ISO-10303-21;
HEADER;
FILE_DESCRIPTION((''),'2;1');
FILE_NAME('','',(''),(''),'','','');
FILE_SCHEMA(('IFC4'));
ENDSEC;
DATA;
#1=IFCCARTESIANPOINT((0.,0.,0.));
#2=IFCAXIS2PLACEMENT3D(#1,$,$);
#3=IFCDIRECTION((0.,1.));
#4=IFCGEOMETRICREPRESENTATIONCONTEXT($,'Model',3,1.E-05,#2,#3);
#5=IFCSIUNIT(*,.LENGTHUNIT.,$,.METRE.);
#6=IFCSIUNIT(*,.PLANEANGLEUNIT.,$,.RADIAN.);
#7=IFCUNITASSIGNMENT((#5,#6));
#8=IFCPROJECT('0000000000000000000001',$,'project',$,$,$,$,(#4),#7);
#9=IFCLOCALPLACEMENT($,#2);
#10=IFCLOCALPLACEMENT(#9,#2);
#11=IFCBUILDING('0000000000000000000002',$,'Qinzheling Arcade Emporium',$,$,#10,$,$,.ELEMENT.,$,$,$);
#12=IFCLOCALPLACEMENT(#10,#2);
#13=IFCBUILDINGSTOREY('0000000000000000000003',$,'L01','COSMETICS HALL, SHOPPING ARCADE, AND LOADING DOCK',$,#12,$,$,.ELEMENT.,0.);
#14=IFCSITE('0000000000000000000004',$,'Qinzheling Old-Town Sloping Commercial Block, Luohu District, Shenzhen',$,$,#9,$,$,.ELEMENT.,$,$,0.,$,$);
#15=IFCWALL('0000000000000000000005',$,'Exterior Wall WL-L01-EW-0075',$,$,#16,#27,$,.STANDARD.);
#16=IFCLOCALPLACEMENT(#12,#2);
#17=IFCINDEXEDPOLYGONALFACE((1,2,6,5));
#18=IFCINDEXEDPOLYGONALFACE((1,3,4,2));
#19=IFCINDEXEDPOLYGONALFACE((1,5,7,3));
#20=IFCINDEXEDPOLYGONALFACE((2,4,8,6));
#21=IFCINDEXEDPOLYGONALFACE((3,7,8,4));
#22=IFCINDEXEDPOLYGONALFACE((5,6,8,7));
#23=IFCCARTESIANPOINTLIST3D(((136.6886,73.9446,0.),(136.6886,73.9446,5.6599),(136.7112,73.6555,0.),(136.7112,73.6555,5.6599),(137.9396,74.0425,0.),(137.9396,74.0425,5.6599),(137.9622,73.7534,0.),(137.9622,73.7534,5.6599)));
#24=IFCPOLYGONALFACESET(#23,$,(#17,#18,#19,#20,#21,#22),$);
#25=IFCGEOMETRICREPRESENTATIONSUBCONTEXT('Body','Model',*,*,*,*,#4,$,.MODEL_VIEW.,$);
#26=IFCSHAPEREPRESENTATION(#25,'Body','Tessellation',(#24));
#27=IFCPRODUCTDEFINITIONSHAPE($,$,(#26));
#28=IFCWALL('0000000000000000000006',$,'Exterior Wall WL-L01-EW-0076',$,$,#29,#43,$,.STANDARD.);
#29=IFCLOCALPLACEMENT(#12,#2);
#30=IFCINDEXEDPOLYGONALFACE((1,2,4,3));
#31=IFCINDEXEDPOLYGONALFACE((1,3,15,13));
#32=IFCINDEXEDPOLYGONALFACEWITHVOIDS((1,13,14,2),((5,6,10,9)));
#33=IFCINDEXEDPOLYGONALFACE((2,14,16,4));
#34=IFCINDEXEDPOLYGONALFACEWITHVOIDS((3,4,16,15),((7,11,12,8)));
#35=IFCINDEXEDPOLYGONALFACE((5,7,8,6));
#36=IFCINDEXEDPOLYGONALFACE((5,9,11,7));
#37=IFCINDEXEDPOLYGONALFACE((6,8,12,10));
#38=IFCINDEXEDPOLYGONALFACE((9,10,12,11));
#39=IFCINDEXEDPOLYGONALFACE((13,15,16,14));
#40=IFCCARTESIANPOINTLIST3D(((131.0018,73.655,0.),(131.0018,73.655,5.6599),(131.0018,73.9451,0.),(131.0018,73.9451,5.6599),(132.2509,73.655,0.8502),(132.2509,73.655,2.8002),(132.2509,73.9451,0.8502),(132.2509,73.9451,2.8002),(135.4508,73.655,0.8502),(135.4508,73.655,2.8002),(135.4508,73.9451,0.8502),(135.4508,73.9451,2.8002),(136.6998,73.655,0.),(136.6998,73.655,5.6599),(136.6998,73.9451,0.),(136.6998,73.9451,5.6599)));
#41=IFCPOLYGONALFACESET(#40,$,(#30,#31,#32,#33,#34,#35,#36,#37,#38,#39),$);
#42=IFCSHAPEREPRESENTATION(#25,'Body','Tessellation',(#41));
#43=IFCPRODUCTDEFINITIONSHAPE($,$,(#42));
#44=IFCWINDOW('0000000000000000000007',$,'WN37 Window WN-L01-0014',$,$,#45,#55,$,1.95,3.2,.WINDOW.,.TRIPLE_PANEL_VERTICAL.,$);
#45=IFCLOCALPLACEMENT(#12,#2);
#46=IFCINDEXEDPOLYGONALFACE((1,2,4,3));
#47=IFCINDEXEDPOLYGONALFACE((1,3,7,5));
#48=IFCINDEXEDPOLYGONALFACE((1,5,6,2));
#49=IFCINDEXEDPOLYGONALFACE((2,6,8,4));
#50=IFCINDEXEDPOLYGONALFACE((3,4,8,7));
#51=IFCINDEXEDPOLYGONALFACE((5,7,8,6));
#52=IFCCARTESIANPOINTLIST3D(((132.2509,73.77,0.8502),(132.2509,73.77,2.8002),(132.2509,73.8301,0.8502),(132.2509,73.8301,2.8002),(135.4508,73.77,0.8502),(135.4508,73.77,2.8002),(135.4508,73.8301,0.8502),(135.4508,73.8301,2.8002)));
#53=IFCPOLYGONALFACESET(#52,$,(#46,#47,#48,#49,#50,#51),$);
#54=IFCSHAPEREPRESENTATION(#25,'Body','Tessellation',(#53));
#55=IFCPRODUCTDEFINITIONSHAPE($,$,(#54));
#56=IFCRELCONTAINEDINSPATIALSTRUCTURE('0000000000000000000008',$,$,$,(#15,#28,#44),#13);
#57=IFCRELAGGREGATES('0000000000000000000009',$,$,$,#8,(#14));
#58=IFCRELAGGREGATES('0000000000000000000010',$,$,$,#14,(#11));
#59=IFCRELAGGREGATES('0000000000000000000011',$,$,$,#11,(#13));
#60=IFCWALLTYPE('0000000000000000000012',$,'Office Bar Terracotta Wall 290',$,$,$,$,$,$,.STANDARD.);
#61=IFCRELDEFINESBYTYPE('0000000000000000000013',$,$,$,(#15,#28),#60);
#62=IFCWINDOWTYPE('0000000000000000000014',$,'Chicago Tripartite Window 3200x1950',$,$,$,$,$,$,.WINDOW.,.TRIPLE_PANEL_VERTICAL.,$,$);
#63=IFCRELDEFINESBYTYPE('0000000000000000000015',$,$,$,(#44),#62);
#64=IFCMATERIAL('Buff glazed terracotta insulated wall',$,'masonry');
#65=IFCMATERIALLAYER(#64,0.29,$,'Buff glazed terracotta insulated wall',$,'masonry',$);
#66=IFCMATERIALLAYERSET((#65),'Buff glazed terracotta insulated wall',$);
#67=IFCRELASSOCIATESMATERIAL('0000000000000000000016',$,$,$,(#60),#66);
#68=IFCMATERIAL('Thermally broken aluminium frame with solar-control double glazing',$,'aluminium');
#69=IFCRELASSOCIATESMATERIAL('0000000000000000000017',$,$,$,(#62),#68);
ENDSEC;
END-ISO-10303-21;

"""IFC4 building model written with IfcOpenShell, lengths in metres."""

from ifc_helpers import new_model, si_unit, direction, frame, frame_2d, origin, place, context, subcontext, project, spatial, rectangle, extrude, material, layer, layer_set, type_object, element, fill, save


model = new_model("IFC4")

# Units and contexts
model_context = context("Model", 3, precision=1e-05, world=origin(), true_north=direction((0.0, 1.0)))
body_context = subcontext(model_context, "Body", "Model", "MODEL_VIEW")
ifc_project = project(units=[si_unit("LENGTHUNIT", "METRE"), si_unit("PLANEANGLEUNIT", "RADIAN")], contexts=[model_context])

# Site, building, storey
site_placement = place(None, origin())
site = spatial("IfcSite", under=ifc_project, at=site_placement, Name="Qinzheling Old-Town Sloping Commercial Block, Luohu District, Shenzhen", CompositionType="ELEMENT", RefElevation=0.0)
building_placement = place(site_placement, origin())
building = spatial("IfcBuilding", under=site, at=building_placement, Name="Qinzheling Arcade Emporium", CompositionType="ELEMENT")
storey_placement = place(building_placement, origin())
storey = spatial("IfcBuildingStorey", under=building, at=storey_placement, Name="L01", Description="COSMETICS HALL, SHOPPING ARCADE, AND LOADING DOCK", CompositionType="ELEMENT", Elevation=0.0)

# Shared definitions
ifc_material_1 = material(Name="Buff glazed terracotta insulated wall", Category="masonry")
ifc_layer_1 = layer(ifc_material_1, 0.29, Name="Buff glazed terracotta insulated wall", Category="masonry")
ifc_layer_set_1 = layer_set([ifc_layer_1], Name="Buff glazed terracotta insulated wall")
wall_type = type_object("IfcWallType", Name="Office Bar Terracotta Wall 290", PredefinedType="STANDARD", material=ifc_layer_set_1)
ifc_material_2 = material(Name="Thermally broken aluminium frame with solar-control double glazing", Category="aluminium")

# Wall
wall_1_placement = place(storey_placement, frame((137.9509, 73.8979, 0.0), z_axis=(0.0, 0.0, 1.0), x_axis=(-0.996952, -0.078021, 0.0)))
element("IfcWall", 1, at=wall_1_placement, inside=storey, type_object=wall_type, Name="Exterior Wall WL-L01-EW-0075", PredefinedType="STANDARD", context=body_context, shape_type="SweptSolid", body=[
    extrude(rectangle(XDim=1.2549, YDim=0.29, at=frame_2d((0.6274, 0.0))), origin(), (0.0, 0.0, 1.0), 5.6599),
])

# Wall, opening, window
wall_2_placement = place(storey_placement, frame((136.7, 73.8, 0.0), z_axis=(0.0, 0.0, 1.0), x_axis=(-1.0, 0.0, 0.0)))
wall_2 = element("IfcWall", 2, at=wall_2_placement, inside=storey, type_object=wall_type, Name="Exterior Wall WL-L01-EW-0076", PredefinedType="STANDARD", context=body_context, shape_type="SweptSolid", body=[
    extrude(rectangle(XDim=5.698, YDim=0.29, at=frame_2d((2.8491, 0.0))), origin(), (0.0, 0.0, 1.0), 5.6599),
])
opening_1_placement = place(wall_2_placement, frame((1.249, 0.0, 0.8501)))
opening_1 = element("IfcOpeningElement", 3, at=opening_1_placement, cuts=wall_2, PredefinedType="OPENING", context=body_context, shape_type="SweptSolid", body=[
    extrude(rectangle(XDim=3.2, YDim=1.95, at=frame_2d((1.6001, 0.9751))), frame((0.0, 0.155, 0.0), z_axis=(0.0, -1.0, 0.0), x_axis=(1.0, 0.0, 0.0)), (0.0, 0.0, 1.0), 0.3101),
])
window_type_1 = type_object("IfcWindowType", Name="Chicago Tripartite Window 3200x1950", PartitioningType="TRIPLE_PANEL_VERTICAL", PredefinedType="WINDOW", material=ifc_material_2)
window_1_placement = place(opening_1_placement, origin())
window_1 = element("IfcWindow", 4, at=window_1_placement, inside=storey, type_object=window_type_1, Name="WN37 Window WN-L01-0014", OverallHeight=1.95, OverallWidth=3.2, PartitioningType="TRIPLE_PANEL_VERTICAL", PredefinedType="WINDOW", context=body_context, shape_type="SweptSolid", body=[
    extrude(rectangle(XDim=3.2, YDim=1.95, at=frame_2d((1.6001, 0.9751))), frame((0.0, 0.03, 0.0), z_axis=(0.0, -1.0, 0.0), x_axis=(1.0, 0.0, 0.0)), (0.0, 0.0, 1.0), 0.0601),
])
fill(opening_1, window_1)

save(model, "model.ifc")
